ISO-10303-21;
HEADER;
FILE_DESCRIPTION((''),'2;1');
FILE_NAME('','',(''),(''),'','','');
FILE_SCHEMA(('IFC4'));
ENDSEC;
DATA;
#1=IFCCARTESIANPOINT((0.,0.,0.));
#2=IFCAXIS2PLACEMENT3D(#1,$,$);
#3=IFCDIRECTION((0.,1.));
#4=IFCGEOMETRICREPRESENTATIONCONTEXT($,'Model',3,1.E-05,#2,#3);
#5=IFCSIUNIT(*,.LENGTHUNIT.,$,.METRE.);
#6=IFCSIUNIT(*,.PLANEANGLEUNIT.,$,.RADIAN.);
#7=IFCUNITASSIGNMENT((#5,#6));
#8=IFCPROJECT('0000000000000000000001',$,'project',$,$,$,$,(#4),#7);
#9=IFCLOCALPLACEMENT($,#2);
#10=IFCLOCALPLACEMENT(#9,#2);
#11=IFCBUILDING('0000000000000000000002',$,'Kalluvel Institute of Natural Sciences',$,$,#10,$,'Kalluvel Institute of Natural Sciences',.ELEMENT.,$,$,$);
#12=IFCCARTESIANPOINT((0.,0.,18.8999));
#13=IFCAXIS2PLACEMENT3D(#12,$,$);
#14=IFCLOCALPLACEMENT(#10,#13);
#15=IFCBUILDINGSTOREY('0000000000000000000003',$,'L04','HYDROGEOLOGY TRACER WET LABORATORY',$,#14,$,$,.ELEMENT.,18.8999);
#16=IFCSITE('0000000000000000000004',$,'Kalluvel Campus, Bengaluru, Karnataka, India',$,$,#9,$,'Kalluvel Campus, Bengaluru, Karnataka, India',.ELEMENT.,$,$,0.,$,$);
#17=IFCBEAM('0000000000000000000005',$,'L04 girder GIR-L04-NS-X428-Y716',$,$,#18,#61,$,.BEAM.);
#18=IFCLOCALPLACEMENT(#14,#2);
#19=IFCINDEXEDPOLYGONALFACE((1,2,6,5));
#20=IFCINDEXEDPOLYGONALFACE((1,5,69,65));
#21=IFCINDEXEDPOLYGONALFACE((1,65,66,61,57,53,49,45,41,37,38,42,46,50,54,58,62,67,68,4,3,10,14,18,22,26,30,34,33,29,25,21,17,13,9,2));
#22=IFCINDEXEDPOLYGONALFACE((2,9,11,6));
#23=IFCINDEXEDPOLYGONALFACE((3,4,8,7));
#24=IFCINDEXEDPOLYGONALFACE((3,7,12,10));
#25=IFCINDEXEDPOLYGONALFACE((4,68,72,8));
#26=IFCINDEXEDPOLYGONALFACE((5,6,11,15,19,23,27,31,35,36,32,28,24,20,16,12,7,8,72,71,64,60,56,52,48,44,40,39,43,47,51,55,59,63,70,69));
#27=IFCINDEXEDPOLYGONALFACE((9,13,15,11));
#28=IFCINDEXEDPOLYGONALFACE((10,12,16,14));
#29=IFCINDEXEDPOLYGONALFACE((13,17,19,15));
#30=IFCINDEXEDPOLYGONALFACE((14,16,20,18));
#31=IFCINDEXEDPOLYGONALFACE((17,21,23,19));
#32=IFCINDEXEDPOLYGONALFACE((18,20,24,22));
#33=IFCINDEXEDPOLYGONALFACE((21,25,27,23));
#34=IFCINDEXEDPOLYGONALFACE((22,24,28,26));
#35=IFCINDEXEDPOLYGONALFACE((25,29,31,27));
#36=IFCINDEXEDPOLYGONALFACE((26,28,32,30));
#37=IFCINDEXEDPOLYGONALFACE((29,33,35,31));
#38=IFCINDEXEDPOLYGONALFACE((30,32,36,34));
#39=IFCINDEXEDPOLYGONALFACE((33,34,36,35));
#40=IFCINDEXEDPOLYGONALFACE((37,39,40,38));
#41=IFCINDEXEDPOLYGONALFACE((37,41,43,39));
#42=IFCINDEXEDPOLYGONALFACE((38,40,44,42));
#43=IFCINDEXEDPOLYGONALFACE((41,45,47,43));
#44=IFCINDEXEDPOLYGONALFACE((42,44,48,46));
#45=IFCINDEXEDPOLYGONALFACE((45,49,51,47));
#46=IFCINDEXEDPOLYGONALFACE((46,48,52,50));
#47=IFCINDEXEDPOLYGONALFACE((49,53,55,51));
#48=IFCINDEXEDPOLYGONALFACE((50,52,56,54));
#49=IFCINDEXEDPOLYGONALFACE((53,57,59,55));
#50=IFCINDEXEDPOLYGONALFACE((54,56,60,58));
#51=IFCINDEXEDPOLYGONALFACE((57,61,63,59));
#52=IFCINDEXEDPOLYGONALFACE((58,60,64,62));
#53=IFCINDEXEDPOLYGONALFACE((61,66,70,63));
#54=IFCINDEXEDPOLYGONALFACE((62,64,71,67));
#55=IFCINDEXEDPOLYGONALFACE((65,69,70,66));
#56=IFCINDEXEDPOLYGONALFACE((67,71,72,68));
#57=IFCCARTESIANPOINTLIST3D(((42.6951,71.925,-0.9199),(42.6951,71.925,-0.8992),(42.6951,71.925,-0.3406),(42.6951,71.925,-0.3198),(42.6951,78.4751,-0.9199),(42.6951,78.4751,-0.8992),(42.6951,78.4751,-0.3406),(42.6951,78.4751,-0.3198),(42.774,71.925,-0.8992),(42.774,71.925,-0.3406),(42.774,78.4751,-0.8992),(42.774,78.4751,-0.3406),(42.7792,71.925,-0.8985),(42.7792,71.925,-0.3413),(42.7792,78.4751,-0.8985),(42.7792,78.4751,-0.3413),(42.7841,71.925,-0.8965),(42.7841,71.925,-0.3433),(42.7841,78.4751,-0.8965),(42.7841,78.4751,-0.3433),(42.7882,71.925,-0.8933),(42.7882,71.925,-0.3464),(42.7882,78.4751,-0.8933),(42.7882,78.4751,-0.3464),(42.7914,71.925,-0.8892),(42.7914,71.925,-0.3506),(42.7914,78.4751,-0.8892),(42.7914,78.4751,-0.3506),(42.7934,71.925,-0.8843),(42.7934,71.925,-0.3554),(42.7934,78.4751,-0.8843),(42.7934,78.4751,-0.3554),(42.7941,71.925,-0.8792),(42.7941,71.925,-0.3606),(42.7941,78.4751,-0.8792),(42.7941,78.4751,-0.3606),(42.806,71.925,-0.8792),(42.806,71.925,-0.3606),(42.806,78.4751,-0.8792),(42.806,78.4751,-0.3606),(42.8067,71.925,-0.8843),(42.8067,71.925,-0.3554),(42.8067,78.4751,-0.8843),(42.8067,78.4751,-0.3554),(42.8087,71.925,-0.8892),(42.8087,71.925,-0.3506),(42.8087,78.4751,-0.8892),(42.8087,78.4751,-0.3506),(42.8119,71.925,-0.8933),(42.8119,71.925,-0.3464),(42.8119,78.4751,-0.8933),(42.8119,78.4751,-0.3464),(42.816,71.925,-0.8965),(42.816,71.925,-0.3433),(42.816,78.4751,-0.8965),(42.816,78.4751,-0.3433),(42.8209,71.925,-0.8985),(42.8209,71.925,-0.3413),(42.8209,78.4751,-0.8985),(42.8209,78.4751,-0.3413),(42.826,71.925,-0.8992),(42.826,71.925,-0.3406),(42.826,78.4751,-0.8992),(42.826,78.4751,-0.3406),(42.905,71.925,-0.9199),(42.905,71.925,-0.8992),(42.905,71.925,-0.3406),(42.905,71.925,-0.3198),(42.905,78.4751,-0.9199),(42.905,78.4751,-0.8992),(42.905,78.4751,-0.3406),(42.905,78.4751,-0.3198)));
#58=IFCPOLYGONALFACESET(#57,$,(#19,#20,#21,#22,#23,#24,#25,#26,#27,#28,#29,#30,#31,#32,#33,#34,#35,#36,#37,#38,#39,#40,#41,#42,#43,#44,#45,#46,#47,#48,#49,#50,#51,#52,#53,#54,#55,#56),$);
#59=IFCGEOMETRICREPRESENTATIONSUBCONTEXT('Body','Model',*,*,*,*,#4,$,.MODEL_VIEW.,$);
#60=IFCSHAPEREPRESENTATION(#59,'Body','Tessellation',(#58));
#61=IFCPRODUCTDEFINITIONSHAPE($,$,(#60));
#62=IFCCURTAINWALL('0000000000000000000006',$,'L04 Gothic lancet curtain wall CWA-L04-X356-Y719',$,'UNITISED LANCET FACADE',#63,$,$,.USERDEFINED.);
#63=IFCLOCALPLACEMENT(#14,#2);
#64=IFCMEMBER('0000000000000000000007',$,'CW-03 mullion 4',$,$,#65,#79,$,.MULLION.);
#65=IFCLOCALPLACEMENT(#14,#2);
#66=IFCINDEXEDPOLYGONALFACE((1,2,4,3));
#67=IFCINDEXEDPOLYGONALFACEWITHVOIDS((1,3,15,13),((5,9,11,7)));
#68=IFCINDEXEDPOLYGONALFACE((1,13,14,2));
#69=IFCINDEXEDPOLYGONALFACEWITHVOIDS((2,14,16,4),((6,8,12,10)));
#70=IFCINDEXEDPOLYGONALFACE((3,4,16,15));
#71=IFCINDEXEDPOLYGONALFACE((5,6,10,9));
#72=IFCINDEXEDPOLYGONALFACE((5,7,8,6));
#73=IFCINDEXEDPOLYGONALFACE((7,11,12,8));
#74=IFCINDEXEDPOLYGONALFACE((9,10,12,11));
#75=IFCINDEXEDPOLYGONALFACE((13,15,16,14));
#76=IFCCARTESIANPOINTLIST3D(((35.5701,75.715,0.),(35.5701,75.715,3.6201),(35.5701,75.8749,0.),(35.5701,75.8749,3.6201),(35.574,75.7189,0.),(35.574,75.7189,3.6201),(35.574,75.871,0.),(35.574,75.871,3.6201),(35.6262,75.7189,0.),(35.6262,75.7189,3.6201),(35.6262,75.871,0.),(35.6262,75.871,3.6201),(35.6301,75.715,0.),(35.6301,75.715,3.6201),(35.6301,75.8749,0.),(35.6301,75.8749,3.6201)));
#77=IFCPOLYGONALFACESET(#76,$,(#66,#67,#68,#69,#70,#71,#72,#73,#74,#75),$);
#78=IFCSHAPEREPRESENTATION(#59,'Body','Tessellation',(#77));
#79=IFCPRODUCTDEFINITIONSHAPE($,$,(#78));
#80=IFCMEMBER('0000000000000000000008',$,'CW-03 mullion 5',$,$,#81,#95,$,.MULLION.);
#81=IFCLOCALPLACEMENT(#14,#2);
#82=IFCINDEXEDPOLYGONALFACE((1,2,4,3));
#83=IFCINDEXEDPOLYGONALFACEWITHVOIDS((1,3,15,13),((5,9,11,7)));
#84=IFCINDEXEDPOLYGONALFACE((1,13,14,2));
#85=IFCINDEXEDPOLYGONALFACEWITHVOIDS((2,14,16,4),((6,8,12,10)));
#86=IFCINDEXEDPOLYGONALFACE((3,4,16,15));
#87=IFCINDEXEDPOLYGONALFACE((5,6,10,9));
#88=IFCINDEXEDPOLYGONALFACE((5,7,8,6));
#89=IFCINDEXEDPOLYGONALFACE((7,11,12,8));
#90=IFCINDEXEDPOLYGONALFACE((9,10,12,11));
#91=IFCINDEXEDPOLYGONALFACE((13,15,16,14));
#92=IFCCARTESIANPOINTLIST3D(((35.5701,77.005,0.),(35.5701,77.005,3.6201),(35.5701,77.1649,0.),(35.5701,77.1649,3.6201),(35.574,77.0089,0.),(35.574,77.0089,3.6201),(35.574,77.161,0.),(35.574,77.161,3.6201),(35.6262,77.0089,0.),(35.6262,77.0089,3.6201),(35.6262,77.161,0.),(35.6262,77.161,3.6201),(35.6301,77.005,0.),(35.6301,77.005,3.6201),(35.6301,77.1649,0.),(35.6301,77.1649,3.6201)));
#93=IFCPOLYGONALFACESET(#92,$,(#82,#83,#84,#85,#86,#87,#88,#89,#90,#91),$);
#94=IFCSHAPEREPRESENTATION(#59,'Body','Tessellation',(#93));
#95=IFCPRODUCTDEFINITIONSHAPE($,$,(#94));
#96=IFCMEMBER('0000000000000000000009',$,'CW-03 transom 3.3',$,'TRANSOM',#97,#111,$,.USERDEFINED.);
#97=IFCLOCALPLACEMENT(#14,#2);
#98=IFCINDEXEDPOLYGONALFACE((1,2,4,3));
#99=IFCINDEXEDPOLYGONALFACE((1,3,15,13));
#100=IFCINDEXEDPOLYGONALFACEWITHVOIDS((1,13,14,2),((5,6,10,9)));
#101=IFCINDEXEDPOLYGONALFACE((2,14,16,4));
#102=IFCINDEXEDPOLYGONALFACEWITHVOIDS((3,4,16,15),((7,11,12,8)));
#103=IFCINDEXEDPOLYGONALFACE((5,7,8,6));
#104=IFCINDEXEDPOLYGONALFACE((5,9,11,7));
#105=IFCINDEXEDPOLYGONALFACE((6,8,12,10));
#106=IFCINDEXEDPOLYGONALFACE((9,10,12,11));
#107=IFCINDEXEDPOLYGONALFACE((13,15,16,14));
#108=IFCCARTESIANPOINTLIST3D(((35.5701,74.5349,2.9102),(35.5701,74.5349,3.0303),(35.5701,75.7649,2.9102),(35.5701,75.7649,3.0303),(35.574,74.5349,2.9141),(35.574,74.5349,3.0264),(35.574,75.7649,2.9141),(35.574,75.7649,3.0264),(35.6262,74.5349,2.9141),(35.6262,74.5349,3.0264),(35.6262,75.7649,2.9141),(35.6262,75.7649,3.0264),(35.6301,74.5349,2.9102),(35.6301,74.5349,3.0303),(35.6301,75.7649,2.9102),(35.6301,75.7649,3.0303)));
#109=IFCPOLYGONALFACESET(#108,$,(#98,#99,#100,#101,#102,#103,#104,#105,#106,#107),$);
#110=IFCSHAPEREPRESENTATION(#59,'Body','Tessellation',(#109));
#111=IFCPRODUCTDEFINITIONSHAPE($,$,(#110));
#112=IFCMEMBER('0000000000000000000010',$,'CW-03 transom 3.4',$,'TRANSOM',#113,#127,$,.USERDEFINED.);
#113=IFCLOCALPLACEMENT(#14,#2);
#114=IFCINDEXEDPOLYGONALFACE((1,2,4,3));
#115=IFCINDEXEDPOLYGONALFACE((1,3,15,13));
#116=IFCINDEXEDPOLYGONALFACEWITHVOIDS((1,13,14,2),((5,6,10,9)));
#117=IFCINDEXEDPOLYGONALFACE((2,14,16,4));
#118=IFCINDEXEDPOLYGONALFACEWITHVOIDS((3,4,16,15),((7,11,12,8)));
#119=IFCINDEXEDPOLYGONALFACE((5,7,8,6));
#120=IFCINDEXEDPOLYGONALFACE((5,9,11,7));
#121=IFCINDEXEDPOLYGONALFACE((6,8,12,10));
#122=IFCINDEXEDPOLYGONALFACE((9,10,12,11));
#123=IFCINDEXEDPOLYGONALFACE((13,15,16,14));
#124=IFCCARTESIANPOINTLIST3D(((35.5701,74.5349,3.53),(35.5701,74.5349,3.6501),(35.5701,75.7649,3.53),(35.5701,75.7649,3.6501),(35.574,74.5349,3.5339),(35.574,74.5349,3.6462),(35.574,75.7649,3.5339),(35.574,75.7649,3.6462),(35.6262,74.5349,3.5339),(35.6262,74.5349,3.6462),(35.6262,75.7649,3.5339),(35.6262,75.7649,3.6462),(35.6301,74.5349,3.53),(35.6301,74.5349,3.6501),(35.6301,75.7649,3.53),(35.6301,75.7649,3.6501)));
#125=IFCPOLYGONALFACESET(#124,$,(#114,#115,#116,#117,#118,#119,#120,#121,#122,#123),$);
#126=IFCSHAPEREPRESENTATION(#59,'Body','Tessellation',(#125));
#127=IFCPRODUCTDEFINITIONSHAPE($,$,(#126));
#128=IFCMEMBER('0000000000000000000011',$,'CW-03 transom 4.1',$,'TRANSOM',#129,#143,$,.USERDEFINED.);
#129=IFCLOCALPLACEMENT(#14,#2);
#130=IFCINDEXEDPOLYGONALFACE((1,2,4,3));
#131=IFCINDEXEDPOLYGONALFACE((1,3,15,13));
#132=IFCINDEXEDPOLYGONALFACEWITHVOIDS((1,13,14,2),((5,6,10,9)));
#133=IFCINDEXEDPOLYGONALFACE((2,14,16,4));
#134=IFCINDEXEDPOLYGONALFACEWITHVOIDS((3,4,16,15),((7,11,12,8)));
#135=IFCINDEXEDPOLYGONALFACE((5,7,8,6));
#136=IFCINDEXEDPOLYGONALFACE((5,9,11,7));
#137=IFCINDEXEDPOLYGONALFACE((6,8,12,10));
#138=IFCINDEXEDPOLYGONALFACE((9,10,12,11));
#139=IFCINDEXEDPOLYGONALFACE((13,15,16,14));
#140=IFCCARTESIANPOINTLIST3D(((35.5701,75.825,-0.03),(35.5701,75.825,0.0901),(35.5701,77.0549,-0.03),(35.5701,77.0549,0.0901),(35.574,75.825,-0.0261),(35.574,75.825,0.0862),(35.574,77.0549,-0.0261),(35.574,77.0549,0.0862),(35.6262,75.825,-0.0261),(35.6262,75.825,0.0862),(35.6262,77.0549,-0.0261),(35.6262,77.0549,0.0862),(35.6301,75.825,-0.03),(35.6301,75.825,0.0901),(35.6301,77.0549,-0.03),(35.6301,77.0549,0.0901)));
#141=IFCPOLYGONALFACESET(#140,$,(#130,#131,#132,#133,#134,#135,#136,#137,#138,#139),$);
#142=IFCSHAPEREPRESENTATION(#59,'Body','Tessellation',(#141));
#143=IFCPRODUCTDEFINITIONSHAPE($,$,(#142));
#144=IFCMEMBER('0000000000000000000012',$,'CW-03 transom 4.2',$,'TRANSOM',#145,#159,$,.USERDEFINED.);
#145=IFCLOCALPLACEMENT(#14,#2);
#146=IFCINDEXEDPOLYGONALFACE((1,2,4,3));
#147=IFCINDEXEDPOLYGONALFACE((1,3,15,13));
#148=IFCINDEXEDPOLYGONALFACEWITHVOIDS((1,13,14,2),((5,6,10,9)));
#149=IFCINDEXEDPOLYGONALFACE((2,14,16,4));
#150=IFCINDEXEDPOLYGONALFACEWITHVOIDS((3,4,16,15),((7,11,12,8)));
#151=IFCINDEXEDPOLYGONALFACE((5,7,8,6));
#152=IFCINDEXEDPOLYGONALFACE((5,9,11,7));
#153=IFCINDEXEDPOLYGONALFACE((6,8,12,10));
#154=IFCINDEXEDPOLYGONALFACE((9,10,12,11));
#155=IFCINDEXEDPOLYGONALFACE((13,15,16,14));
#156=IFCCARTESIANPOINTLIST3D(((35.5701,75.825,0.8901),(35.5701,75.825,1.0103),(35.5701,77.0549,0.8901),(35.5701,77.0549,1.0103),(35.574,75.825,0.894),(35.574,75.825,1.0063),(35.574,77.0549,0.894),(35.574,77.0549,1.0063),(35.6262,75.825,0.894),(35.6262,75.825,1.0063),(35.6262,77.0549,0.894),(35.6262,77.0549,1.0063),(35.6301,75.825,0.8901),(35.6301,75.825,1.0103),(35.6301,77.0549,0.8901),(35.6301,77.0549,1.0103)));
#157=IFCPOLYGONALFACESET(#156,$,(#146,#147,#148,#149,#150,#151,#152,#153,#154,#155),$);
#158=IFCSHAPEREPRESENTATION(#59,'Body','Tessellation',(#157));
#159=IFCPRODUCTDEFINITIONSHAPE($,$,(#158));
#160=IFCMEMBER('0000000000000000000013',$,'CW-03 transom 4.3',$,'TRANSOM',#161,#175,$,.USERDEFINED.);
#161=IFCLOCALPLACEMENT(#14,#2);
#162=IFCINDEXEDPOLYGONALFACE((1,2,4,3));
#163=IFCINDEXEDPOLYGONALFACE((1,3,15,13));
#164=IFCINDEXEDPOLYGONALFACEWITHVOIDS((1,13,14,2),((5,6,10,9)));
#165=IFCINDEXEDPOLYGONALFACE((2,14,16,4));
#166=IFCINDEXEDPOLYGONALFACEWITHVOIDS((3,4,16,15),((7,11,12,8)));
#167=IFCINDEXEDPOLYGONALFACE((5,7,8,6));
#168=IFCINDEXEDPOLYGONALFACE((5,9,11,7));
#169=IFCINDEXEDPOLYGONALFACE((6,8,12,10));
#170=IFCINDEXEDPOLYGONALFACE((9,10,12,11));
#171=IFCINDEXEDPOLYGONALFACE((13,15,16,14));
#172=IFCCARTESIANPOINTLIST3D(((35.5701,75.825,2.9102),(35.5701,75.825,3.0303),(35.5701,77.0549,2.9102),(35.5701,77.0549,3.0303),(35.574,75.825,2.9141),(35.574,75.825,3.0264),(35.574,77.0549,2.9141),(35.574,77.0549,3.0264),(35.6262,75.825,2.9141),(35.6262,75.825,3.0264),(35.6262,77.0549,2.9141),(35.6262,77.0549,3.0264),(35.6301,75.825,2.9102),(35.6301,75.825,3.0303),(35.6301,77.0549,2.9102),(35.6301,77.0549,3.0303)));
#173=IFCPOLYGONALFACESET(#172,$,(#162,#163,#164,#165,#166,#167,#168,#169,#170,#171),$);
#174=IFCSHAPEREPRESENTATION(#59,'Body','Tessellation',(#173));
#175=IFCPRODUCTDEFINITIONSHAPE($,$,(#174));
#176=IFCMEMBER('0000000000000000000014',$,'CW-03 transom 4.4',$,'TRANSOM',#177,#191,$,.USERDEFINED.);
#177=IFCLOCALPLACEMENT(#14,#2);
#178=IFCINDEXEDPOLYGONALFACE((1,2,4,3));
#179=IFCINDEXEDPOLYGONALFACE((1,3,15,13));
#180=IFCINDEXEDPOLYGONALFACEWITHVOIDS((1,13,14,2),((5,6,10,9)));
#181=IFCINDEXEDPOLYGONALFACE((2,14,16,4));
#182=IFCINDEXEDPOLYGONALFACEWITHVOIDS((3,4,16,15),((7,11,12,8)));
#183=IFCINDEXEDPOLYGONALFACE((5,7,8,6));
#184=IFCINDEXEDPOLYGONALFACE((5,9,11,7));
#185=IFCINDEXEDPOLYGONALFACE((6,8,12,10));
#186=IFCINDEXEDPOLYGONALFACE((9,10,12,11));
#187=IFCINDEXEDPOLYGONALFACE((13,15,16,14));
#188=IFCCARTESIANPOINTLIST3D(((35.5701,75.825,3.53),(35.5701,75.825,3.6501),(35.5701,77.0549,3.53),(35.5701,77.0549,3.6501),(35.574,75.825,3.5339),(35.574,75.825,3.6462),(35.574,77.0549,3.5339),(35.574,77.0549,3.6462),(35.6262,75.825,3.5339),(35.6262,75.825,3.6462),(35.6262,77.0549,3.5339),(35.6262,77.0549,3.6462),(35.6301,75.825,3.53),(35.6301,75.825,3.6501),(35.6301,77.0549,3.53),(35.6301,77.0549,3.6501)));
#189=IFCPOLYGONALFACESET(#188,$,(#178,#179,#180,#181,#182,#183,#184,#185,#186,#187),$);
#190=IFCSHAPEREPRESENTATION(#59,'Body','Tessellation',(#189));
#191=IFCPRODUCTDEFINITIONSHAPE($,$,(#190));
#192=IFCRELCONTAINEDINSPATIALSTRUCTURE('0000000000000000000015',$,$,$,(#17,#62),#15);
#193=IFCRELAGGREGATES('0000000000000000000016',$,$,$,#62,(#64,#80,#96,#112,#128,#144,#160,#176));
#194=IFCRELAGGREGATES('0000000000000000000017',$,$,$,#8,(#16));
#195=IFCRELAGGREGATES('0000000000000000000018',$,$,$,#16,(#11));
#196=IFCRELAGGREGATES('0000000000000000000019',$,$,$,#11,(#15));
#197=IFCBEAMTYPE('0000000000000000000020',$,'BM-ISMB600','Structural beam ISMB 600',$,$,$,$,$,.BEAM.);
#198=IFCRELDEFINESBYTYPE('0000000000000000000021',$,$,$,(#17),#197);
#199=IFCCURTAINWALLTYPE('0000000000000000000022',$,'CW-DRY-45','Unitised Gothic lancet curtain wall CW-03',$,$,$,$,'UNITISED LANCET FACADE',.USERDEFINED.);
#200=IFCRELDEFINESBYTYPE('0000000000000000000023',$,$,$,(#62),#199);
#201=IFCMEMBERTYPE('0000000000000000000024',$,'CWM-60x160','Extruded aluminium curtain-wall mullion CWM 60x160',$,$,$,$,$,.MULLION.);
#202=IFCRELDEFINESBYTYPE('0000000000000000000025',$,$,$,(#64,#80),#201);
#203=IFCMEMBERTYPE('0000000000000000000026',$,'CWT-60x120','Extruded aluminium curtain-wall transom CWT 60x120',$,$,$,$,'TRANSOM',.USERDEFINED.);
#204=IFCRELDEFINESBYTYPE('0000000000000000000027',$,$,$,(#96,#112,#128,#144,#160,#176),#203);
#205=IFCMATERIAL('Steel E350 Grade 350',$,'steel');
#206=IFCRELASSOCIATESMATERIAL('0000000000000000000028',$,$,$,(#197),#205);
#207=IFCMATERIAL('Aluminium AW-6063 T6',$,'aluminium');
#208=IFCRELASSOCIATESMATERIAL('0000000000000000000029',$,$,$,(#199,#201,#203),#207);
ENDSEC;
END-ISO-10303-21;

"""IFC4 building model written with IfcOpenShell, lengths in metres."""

from ifc_helpers import new_model, si_unit, direction, frame, origin, origin_2d, place, context, subcontext, project, spatial, hollow_rectangle, i_section, extrude, material, material_profile, profile_set, type_object, element, aggregate, save


model = new_model("IFC4")

# Units and contexts
model_context = context("Model", 3, precision=1e-05, world=origin(), true_north=direction((0.0, 1.0)))
body_context = subcontext(model_context, "Body", "Model", "MODEL_VIEW")
ifc_project = project(units=[si_unit("LENGTHUNIT", "METRE"), si_unit("PLANEANGLEUNIT", "RADIAN")], contexts=[model_context])

# Site, building, storey
site_placement = place(None, origin())
site = spatial("IfcSite", under=ifc_project, at=site_placement, Name="Kalluvel Campus, Bengaluru, Karnataka, India", LongName="Kalluvel Campus, Bengaluru, Karnataka, India", CompositionType="ELEMENT", RefElevation=0.0)
building_placement = place(site_placement, origin())
building = spatial("IfcBuilding", under=site, at=building_placement, Name="Kalluvel Institute of Natural Sciences", LongName="Kalluvel Institute of Natural Sciences", CompositionType="ELEMENT")
storey_placement = place(building_placement, frame((0.0, 0.0, 18.8999)))
storey = spatial("IfcBuildingStorey", under=building, at=storey_placement, Name="L04", Description="HYDROGEOLOGY TRACER WET LABORATORY", CompositionType="ELEMENT", Elevation=18.8999)

# Beam
ifc_material_1 = material(Name="Steel E350 Grade 350", Category="steel")
ifc_material_profile_1 = material_profile(ifc_material_1, i_section(OverallWidth=0.21, OverallDepth=0.6001, WebThickness=0.012, FlangeThickness=0.0208, FilletRadius=0.02, at=origin_2d()), Name="ISMB 600")
ifc_profile_set_1 = profile_set([ifc_material_profile_1], Name="Steel E350 Grade 350")
beam_type = type_object("IfcBeamType", Name="BM-ISMB600", Description="Structural beam ISMB 600", PredefinedType="BEAM", material=ifc_profile_set_1)
beam_placement = place(storey_placement, frame((42.8, 71.925, -0.6199), z_axis=(0.0, 1.0, 0.0), x_axis=(-1.0, 0.0, 0.0)))
element("IfcBeam", 1, at=beam_placement, inside=storey, type_object=beam_type, Name="L04 girder GIR-L04-NS-X428-Y716", PredefinedType="BEAM", context=body_context, shape_type="SweptSolid", body=[
    extrude(i_section(OverallWidth=0.21, OverallDepth=0.6001, WebThickness=0.012, FlangeThickness=0.0208, FilletRadius=0.02, at=origin_2d()), origin(), (0.0, 0.0, 1.0), 6.55),
])

# Curtain wall, members
ifc_material_2 = material(Name="Aluminium AW-6063 T6", Category="aluminium")
curtain_wall_type = type_object("IfcCurtainWallType", Name="CW-DRY-45", Description="Unitised Gothic lancet curtain wall CW-03", ElementType="UNITISED LANCET FACADE", PredefinedType="USERDEFINED", material=ifc_material_2)
curtain_wall_placement = place(storey_placement, origin())
curtain_wall = element("IfcCurtainWall", 2, at=curtain_wall_placement, inside=storey, type_object=curtain_wall_type, Name="L04 Gothic lancet curtain wall CWA-L04-X356-Y719", ObjectType="UNITISED LANCET FACADE", PredefinedType="USERDEFINED")
ifc_material_profile_2 = material_profile(ifc_material_2, hollow_rectangle(XDim=0.0601, YDim=0.1599, WallThickness=0.0039, at=origin_2d()), Name="CWM 60x160")
ifc_profile_set_2 = profile_set([ifc_material_profile_2], Name="Aluminium AW-6063 T6")
member_type_1 = type_object("IfcMemberType", Name="CWM-60x160", Description="Extruded aluminium curtain-wall mullion CWM 60x160", PredefinedType="MULLION", material=ifc_profile_set_2)
member_1_placement = place(storey_placement, frame((35.6001, 75.7949, 0.0), z_axis=(0.0, 0.0, 1.0), x_axis=(-1.0, 0.0, 0.0)))
member_1 = element("IfcMember", 3, at=member_1_placement, type_object=member_type_1, Name="CW-03 mullion 4", PredefinedType="MULLION", context=body_context, shape_type="SweptSolid", body=[
    extrude(hollow_rectangle(XDim=0.0601, YDim=0.1599, WallThickness=0.0039, at=origin_2d()), origin(), (0.0, 0.0, 1.0), 3.6201),
])
member_2_placement = place(storey_placement, frame((35.6001, 77.085, 0.0), z_axis=(0.0, 0.0, 1.0), x_axis=(-1.0, 0.0, 0.0)))
member_2 = element("IfcMember", 4, at=member_2_placement, type_object=member_type_1, Name="CW-03 mullion 5", PredefinedType="MULLION", context=body_context, shape_type="SweptSolid", body=[
    extrude(hollow_rectangle(XDim=0.0601, YDim=0.1599, WallThickness=0.0039, at=origin_2d()), origin(), (0.0, 0.0, 1.0), 3.6201),
])
ifc_material_profile_3 = material_profile(ifc_material_2, hollow_rectangle(XDim=0.0601, YDim=0.1201, WallThickness=0.0039, at=origin_2d()), Name="CWT 60x120")
ifc_profile_set_3 = profile_set([ifc_material_profile_3], Name="Aluminium AW-6063 T6")
member_type_2 = type_object("IfcMemberType", Name="CWT-60x120", Description="Extruded aluminium curtain-wall transom CWT 60x120", ElementType="TRANSOM", PredefinedType="USERDEFINED", material=ifc_profile_set_3)
member_3_placement = place(storey_placement, frame((35.6001, 74.5349, 2.9702), z_axis=(0.0, 1.0, 0.0), x_axis=(-1.0, 0.0, 0.0)))
member_3 = element("IfcMember", 5, at=member_3_placement, type_object=member_type_2, Name="CW-03 transom 3.3", ObjectType="TRANSOM", PredefinedType="USERDEFINED", context=body_context, shape_type="SweptSolid", body=[
    extrude(hollow_rectangle(XDim=0.0601, YDim=0.1201, WallThickness=0.0039, at=origin_2d()), origin(), (0.0, 0.0, 1.0), 1.23),
])
member_4_placement = place(storey_placement, frame((35.6001, 74.5349, 3.5901), z_axis=(0.0, 1.0, 0.0), x_axis=(-1.0, 0.0, 0.0)))
member_4 = element("IfcMember", 6, at=member_4_placement, type_object=member_type_2, Name="CW-03 transom 3.4", ObjectType="TRANSOM", PredefinedType="USERDEFINED", context=body_context, shape_type="SweptSolid", body=[
    extrude(hollow_rectangle(XDim=0.0601, YDim=0.1201, WallThickness=0.0039, at=origin_2d()), origin(), (0.0, 0.0, 1.0), 1.23),
])
member_5_placement = place(storey_placement, frame((35.6001, 75.825, 0.03), z_axis=(0.0, 1.0, 0.0), x_axis=(-1.0, 0.0, 0.0)))
member_5 = element("IfcMember", 7, at=member_5_placement, type_object=member_type_2, Name="CW-03 transom 4.1", ObjectType="TRANSOM", PredefinedType="USERDEFINED", context=body_context, shape_type="SweptSolid", body=[
    extrude(hollow_rectangle(XDim=0.0601, YDim=0.1201, WallThickness=0.0039, at=origin_2d()), origin(), (0.0, 0.0, 1.0), 1.23),
])
member_6_placement = place(storey_placement, frame((35.6001, 75.825, 0.9502), z_axis=(0.0, 1.0, 0.0), x_axis=(-1.0, 0.0, 0.0)))
member_6 = element("IfcMember", 8, at=member_6_placement, type_object=member_type_2, Name="CW-03 transom 4.2", ObjectType="TRANSOM", PredefinedType="USERDEFINED", context=body_context, shape_type="SweptSolid", body=[
    extrude(hollow_rectangle(XDim=0.0601, YDim=0.1201, WallThickness=0.0039, at=origin_2d()), origin(), (0.0, 0.0, 1.0), 1.23),
])
member_7_placement = place(storey_placement, frame((35.6001, 75.825, 2.9702), z_axis=(0.0, 1.0, 0.0), x_axis=(-1.0, 0.0, 0.0)))
member_7 = element("IfcMember", 9, at=member_7_placement, type_object=member_type_2, Name="CW-03 transom 4.3", ObjectType="TRANSOM", PredefinedType="USERDEFINED", context=body_context, shape_type="SweptSolid", body=[
    extrude(hollow_rectangle(XDim=0.0601, YDim=0.1201, WallThickness=0.0039, at=origin_2d()), origin(), (0.0, 0.0, 1.0), 1.23),
])
member_8_placement = place(storey_placement, frame((35.6001, 75.825, 3.5901), z_axis=(0.0, 1.0, 0.0), x_axis=(-1.0, 0.0, 0.0)))
member_8 = element("IfcMember", 10, at=member_8_placement, type_object=member_type_2, Name="CW-03 transom 4.4", ObjectType="TRANSOM", PredefinedType="USERDEFINED", context=body_context, shape_type="SweptSolid", body=[
    extrude(hollow_rectangle(XDim=0.0601, YDim=0.1201, WallThickness=0.0039, at=origin_2d()), origin(), (0.0, 0.0, 1.0), 1.23),
])

aggregate(curtain_wall, [member_1, member_2, member_3, member_4, member_5, member_6, member_7, member_8])

save(model, "model.ifc")
